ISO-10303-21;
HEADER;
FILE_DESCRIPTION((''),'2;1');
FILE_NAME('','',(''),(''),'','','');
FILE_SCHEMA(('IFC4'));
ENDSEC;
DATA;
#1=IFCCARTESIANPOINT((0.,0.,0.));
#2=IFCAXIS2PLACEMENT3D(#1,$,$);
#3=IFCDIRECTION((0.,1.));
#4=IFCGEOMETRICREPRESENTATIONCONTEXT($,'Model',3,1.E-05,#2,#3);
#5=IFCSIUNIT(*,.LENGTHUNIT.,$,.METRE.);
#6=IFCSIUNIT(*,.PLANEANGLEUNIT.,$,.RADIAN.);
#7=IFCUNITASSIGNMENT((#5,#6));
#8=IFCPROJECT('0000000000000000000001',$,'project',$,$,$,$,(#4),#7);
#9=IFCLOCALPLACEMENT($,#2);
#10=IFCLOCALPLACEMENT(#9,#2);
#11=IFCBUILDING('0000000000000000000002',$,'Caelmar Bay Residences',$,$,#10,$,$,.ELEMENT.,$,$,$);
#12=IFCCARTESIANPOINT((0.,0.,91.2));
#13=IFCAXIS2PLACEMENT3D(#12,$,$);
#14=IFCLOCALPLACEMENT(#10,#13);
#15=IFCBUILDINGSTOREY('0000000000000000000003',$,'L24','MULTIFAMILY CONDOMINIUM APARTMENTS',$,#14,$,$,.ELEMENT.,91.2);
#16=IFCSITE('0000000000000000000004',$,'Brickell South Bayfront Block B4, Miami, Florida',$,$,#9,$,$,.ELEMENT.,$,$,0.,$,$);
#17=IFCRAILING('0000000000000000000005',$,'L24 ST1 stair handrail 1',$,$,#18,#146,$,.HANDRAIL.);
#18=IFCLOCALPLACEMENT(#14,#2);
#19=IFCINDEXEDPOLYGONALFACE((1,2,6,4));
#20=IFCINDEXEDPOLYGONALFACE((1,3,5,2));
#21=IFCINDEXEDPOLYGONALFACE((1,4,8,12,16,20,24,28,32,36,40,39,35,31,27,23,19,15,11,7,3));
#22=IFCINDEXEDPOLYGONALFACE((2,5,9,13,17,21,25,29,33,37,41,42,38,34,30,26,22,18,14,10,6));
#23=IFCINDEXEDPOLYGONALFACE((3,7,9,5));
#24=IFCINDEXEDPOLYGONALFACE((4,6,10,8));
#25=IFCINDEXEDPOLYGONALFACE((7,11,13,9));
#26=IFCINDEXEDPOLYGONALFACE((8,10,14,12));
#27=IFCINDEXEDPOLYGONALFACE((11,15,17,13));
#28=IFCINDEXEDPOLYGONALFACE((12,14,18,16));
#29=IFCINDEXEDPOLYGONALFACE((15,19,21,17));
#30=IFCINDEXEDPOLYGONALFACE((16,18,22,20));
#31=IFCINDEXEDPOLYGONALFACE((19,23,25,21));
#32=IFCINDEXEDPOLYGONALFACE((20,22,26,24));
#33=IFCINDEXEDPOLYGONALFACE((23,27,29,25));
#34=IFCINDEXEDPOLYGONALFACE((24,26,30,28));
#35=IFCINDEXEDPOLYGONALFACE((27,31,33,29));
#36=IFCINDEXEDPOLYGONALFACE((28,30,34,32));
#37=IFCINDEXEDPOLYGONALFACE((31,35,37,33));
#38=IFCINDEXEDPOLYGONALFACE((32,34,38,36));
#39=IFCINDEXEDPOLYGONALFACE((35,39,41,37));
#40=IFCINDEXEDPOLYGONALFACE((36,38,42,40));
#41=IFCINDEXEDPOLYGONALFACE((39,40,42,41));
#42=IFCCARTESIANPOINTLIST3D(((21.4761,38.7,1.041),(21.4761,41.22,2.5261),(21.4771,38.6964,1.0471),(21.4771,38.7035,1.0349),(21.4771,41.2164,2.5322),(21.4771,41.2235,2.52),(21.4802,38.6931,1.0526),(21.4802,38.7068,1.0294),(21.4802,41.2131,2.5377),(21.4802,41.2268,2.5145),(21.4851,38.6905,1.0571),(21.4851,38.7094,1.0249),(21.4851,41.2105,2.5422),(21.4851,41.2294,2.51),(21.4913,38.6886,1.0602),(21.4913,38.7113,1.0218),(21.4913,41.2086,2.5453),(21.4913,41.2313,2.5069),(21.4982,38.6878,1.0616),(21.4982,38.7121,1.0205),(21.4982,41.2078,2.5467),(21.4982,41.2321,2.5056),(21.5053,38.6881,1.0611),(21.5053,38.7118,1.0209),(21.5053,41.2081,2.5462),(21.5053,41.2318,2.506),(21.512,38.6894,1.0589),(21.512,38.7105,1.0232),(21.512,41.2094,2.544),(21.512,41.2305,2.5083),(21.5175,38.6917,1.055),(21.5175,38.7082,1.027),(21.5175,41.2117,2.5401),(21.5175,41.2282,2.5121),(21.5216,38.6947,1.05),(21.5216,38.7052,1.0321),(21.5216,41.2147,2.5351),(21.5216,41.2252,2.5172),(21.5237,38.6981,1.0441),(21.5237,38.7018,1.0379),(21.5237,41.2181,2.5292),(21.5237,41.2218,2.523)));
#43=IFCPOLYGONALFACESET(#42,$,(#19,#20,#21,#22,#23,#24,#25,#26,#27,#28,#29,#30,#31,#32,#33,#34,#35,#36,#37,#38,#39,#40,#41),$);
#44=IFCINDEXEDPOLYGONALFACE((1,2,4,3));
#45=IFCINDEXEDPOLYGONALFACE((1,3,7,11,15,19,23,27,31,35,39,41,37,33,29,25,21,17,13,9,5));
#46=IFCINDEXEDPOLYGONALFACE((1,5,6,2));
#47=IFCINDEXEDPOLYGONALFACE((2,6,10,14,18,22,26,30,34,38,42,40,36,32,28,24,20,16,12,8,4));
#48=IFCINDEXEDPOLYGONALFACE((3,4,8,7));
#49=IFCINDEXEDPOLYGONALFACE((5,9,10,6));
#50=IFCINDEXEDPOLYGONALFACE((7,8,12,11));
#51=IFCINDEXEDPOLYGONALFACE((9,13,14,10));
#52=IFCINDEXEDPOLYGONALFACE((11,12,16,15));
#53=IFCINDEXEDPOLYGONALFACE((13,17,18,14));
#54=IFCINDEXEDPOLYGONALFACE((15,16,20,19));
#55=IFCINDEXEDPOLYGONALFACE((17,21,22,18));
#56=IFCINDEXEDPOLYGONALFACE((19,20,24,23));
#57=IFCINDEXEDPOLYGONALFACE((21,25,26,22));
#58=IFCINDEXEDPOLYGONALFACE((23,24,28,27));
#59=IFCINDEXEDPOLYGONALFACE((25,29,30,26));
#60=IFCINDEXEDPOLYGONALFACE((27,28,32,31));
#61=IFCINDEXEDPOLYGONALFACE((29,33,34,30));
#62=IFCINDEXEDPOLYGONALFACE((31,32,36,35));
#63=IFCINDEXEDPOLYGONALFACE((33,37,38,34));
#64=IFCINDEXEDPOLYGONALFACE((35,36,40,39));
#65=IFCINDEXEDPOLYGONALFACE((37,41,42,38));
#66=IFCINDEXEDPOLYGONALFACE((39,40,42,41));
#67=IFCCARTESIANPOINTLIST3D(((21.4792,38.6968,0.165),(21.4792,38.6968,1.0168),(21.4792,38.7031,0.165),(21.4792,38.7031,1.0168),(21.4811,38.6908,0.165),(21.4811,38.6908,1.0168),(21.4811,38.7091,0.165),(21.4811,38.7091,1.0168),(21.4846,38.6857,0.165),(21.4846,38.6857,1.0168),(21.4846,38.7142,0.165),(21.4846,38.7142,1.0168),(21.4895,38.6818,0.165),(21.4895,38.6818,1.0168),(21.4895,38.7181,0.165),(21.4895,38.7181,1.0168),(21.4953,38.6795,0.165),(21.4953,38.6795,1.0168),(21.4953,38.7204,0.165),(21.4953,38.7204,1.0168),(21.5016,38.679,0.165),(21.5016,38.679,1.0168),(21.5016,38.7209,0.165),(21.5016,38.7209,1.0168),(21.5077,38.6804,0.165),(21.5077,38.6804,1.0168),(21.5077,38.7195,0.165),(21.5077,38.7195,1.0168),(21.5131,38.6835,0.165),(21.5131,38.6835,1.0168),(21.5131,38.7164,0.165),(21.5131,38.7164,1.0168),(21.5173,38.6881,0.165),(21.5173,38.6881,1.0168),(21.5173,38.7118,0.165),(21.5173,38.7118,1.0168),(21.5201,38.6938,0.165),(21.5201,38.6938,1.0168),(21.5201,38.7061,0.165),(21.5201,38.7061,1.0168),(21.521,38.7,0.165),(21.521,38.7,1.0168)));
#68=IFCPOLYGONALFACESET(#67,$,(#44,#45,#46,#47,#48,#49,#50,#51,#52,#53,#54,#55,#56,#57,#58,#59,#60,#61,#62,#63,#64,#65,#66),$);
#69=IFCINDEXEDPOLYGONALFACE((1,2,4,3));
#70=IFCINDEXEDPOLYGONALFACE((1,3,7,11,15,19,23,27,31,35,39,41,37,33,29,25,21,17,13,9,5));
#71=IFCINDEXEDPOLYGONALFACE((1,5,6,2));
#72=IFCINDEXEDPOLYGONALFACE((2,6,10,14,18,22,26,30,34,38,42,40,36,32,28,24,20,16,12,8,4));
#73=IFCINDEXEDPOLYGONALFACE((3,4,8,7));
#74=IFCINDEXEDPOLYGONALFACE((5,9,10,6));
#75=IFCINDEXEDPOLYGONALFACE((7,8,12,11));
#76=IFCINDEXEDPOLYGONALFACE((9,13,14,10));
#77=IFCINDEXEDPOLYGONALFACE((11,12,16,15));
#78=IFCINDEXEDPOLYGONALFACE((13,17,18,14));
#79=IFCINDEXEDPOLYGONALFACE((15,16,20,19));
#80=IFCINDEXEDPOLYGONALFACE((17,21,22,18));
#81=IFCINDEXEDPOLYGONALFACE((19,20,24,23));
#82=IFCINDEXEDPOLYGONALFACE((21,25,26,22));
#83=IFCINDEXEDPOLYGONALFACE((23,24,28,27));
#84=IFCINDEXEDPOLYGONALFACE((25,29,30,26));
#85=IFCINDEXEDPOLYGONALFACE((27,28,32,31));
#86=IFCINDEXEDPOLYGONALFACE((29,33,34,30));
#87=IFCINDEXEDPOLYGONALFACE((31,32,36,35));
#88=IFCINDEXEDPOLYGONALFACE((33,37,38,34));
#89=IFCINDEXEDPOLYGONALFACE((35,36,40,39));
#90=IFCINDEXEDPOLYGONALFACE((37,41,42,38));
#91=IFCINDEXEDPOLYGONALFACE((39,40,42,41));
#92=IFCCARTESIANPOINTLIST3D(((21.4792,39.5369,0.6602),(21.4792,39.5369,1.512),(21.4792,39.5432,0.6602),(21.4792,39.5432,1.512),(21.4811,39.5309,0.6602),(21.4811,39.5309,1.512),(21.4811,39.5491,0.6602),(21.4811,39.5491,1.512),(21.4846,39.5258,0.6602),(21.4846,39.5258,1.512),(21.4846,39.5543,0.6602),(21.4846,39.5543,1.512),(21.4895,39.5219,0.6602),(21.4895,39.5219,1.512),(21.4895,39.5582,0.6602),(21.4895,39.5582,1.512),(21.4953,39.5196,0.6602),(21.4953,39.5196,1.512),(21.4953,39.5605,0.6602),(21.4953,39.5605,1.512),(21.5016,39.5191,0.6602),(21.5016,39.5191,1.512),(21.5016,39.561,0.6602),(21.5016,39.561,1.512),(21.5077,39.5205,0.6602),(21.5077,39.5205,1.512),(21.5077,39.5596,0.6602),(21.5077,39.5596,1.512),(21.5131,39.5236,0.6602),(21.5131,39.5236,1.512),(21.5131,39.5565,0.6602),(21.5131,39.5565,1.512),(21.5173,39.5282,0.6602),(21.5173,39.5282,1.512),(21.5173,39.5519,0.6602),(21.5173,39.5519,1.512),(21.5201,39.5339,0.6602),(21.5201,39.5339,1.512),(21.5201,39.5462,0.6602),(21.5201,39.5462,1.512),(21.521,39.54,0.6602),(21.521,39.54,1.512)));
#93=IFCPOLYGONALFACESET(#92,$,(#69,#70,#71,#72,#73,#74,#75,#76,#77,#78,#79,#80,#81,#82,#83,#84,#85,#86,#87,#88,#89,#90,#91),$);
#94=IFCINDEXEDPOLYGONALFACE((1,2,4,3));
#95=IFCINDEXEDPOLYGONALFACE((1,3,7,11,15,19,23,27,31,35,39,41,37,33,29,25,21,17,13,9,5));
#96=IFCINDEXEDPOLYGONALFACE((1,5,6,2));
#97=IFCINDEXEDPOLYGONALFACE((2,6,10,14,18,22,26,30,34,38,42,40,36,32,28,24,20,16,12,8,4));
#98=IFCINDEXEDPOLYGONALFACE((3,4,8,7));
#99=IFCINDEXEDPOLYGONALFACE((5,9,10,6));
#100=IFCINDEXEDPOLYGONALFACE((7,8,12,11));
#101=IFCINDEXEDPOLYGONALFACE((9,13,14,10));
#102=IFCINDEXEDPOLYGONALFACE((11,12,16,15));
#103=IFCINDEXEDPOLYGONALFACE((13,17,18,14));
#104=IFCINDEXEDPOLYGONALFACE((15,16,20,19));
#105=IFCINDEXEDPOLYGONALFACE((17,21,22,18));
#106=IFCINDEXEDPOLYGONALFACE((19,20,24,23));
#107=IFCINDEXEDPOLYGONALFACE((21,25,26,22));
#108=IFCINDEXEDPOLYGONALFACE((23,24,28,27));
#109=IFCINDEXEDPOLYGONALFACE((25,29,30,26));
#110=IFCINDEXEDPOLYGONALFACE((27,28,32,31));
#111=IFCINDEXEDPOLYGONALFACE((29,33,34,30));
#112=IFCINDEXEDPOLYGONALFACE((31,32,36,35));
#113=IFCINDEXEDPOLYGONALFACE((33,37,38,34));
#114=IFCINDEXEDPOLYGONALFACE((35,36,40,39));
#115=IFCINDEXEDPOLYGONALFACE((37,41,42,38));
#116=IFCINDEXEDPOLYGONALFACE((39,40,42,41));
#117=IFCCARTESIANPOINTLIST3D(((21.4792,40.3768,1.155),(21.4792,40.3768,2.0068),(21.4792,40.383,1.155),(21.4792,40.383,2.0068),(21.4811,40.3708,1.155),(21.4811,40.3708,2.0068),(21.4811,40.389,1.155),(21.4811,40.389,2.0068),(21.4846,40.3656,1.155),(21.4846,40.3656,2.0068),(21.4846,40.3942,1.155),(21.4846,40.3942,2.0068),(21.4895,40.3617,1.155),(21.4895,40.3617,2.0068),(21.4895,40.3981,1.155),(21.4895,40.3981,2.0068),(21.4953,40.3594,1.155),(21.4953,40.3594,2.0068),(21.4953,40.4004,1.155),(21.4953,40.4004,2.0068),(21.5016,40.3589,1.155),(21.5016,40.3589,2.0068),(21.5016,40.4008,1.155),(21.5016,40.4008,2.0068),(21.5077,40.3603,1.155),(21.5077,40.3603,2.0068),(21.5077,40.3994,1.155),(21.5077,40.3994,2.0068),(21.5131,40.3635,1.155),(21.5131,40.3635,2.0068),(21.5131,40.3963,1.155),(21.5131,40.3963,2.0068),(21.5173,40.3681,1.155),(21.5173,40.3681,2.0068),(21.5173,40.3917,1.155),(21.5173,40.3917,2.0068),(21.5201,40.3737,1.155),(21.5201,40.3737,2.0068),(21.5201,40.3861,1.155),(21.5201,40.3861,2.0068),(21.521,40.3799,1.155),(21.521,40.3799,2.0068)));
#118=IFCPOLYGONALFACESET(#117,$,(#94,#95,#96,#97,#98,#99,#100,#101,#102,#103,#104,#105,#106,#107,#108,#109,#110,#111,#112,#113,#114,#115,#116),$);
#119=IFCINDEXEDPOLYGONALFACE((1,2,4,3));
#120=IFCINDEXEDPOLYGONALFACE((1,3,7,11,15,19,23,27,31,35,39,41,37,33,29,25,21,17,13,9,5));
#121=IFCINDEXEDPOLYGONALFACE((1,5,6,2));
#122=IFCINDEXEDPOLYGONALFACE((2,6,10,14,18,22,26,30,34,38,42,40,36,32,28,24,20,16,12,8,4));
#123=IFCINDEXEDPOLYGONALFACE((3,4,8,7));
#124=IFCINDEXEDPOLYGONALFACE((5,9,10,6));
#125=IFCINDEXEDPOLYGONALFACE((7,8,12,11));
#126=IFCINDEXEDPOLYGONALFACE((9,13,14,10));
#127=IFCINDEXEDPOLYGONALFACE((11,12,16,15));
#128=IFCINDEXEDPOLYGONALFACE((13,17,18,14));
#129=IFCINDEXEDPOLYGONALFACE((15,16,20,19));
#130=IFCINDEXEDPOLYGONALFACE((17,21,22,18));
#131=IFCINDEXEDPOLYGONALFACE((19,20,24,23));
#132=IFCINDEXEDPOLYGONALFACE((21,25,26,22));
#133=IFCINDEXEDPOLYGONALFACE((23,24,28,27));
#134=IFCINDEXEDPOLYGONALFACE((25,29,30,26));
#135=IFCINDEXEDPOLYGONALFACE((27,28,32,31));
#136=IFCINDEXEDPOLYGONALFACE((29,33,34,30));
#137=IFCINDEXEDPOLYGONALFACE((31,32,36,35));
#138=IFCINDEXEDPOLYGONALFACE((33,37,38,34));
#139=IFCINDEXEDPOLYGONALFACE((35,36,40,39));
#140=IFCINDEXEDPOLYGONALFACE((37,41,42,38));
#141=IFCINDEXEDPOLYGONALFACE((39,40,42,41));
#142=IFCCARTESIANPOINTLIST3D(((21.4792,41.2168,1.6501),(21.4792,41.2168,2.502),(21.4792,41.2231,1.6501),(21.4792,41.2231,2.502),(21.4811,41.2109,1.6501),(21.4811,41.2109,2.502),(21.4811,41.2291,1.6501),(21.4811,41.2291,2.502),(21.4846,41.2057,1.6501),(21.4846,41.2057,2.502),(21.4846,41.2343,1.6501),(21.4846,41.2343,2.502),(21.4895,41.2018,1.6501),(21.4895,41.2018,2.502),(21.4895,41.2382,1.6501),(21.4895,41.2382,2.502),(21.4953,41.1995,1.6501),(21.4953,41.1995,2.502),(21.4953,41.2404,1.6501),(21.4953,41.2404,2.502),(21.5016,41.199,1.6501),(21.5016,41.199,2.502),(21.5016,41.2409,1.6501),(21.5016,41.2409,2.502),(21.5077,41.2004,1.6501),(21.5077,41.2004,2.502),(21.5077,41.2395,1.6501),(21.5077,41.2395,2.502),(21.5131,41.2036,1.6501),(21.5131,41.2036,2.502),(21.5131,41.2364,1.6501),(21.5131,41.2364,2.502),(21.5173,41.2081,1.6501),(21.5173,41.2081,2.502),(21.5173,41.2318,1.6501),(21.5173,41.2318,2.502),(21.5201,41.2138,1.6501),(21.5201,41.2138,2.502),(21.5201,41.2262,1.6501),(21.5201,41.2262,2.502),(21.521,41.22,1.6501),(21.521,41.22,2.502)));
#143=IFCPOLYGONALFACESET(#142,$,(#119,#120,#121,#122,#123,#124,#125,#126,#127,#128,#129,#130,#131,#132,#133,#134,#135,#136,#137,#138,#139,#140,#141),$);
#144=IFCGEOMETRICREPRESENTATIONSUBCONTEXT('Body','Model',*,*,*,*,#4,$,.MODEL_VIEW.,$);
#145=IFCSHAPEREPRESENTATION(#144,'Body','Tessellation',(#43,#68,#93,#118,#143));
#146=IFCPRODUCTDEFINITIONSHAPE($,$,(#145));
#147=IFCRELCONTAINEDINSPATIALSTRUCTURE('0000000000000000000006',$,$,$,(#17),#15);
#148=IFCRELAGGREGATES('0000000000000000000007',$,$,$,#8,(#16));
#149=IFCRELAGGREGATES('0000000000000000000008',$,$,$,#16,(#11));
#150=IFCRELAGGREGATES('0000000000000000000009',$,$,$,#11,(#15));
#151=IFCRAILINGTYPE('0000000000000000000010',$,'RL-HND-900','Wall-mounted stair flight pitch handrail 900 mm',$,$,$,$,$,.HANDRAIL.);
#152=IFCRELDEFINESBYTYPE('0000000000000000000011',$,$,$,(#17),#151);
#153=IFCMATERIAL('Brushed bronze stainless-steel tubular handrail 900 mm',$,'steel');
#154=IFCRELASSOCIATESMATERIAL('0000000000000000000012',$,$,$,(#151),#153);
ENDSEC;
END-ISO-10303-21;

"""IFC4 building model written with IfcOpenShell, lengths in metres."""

from ifc_helpers import new_model, si_unit, direction, frame, origin, origin_2d, place, context, subcontext, project, spatial, circle, extrude, material, type_object, element, save


model = new_model("IFC4")

# Units and contexts
model_context = context("Model", 3, precision=1e-05, world=origin(), true_north=direction((0.0, 1.0)))
body_context = subcontext(model_context, "Body", "Model", "MODEL_VIEW")
ifc_project = project(units=[si_unit("LENGTHUNIT", "METRE"), si_unit("PLANEANGLEUNIT", "RADIAN")], contexts=[model_context])

# Site, building, storey
site_placement = place(None, origin())
site = spatial("IfcSite", under=ifc_project, at=site_placement, Name="Brickell South Bayfront Block B4, Miami, Florida", CompositionType="ELEMENT", RefElevation=0.0)
building_placement = place(site_placement, origin())
building = spatial("IfcBuilding", under=site, at=building_placement, Name="Caelmar Bay Residences", CompositionType="ELEMENT")
storey_placement = place(building_placement, frame((0.0, 0.0, 91.2)))
storey = spatial("IfcBuildingStorey", under=building, at=storey_placement, Name="L24", Description="MULTIFAMILY CONDOMINIUM APARTMENTS", CompositionType="ELEMENT", Elevation=91.2)

# Railing
ifc_material_1 = material(Name="Brushed bronze stainless-steel tubular handrail 900 mm", Category="steel")
railing_type_1 = type_object("IfcRailingType", Name="RL-HND-900", Description="Wall-mounted stair flight pitch handrail 900 mm", PredefinedType="HANDRAIL", material=ifc_material_1)
railing_1_placement = place(storey_placement, frame((21.5, 38.7, 0.165)))
element("IfcRailing", 1, at=railing_1_placement, inside=storey, type_object=railing_type_1, Name="L24 ST1 stair handrail 1", PredefinedType="HANDRAIL", context=body_context, shape_type="SweptSolid", body=[
    extrude(circle(Radius=0.0239, at=origin_2d()), frame((0.0, 0.0, 0.876), z_axis=(0.0, 0.861524, 0.507717), x_axis=(-1.0, 0.0, 0.0)), (0.0, 0.0, 1.0), 2.925),
    extrude(circle(Radius=0.021, at=origin_2d()), origin(), (0.0, 0.0, 1.0), 0.8518),
    extrude(circle(Radius=0.021, at=origin_2d()), frame((0.0, 0.8401, 0.4951)), (0.0, 0.0, 1.0), 0.8518),
    extrude(circle(Radius=0.021, at=origin_2d()), frame((0.0, 1.6799, 0.99)), (0.0, 0.0, 1.0), 0.8518),
    extrude(circle(Radius=0.021, at=origin_2d()), frame((0.0, 2.52, 1.4851)), (0.0, 0.0, 1.0), 0.8518),
])

save(model, "model.ifc")
